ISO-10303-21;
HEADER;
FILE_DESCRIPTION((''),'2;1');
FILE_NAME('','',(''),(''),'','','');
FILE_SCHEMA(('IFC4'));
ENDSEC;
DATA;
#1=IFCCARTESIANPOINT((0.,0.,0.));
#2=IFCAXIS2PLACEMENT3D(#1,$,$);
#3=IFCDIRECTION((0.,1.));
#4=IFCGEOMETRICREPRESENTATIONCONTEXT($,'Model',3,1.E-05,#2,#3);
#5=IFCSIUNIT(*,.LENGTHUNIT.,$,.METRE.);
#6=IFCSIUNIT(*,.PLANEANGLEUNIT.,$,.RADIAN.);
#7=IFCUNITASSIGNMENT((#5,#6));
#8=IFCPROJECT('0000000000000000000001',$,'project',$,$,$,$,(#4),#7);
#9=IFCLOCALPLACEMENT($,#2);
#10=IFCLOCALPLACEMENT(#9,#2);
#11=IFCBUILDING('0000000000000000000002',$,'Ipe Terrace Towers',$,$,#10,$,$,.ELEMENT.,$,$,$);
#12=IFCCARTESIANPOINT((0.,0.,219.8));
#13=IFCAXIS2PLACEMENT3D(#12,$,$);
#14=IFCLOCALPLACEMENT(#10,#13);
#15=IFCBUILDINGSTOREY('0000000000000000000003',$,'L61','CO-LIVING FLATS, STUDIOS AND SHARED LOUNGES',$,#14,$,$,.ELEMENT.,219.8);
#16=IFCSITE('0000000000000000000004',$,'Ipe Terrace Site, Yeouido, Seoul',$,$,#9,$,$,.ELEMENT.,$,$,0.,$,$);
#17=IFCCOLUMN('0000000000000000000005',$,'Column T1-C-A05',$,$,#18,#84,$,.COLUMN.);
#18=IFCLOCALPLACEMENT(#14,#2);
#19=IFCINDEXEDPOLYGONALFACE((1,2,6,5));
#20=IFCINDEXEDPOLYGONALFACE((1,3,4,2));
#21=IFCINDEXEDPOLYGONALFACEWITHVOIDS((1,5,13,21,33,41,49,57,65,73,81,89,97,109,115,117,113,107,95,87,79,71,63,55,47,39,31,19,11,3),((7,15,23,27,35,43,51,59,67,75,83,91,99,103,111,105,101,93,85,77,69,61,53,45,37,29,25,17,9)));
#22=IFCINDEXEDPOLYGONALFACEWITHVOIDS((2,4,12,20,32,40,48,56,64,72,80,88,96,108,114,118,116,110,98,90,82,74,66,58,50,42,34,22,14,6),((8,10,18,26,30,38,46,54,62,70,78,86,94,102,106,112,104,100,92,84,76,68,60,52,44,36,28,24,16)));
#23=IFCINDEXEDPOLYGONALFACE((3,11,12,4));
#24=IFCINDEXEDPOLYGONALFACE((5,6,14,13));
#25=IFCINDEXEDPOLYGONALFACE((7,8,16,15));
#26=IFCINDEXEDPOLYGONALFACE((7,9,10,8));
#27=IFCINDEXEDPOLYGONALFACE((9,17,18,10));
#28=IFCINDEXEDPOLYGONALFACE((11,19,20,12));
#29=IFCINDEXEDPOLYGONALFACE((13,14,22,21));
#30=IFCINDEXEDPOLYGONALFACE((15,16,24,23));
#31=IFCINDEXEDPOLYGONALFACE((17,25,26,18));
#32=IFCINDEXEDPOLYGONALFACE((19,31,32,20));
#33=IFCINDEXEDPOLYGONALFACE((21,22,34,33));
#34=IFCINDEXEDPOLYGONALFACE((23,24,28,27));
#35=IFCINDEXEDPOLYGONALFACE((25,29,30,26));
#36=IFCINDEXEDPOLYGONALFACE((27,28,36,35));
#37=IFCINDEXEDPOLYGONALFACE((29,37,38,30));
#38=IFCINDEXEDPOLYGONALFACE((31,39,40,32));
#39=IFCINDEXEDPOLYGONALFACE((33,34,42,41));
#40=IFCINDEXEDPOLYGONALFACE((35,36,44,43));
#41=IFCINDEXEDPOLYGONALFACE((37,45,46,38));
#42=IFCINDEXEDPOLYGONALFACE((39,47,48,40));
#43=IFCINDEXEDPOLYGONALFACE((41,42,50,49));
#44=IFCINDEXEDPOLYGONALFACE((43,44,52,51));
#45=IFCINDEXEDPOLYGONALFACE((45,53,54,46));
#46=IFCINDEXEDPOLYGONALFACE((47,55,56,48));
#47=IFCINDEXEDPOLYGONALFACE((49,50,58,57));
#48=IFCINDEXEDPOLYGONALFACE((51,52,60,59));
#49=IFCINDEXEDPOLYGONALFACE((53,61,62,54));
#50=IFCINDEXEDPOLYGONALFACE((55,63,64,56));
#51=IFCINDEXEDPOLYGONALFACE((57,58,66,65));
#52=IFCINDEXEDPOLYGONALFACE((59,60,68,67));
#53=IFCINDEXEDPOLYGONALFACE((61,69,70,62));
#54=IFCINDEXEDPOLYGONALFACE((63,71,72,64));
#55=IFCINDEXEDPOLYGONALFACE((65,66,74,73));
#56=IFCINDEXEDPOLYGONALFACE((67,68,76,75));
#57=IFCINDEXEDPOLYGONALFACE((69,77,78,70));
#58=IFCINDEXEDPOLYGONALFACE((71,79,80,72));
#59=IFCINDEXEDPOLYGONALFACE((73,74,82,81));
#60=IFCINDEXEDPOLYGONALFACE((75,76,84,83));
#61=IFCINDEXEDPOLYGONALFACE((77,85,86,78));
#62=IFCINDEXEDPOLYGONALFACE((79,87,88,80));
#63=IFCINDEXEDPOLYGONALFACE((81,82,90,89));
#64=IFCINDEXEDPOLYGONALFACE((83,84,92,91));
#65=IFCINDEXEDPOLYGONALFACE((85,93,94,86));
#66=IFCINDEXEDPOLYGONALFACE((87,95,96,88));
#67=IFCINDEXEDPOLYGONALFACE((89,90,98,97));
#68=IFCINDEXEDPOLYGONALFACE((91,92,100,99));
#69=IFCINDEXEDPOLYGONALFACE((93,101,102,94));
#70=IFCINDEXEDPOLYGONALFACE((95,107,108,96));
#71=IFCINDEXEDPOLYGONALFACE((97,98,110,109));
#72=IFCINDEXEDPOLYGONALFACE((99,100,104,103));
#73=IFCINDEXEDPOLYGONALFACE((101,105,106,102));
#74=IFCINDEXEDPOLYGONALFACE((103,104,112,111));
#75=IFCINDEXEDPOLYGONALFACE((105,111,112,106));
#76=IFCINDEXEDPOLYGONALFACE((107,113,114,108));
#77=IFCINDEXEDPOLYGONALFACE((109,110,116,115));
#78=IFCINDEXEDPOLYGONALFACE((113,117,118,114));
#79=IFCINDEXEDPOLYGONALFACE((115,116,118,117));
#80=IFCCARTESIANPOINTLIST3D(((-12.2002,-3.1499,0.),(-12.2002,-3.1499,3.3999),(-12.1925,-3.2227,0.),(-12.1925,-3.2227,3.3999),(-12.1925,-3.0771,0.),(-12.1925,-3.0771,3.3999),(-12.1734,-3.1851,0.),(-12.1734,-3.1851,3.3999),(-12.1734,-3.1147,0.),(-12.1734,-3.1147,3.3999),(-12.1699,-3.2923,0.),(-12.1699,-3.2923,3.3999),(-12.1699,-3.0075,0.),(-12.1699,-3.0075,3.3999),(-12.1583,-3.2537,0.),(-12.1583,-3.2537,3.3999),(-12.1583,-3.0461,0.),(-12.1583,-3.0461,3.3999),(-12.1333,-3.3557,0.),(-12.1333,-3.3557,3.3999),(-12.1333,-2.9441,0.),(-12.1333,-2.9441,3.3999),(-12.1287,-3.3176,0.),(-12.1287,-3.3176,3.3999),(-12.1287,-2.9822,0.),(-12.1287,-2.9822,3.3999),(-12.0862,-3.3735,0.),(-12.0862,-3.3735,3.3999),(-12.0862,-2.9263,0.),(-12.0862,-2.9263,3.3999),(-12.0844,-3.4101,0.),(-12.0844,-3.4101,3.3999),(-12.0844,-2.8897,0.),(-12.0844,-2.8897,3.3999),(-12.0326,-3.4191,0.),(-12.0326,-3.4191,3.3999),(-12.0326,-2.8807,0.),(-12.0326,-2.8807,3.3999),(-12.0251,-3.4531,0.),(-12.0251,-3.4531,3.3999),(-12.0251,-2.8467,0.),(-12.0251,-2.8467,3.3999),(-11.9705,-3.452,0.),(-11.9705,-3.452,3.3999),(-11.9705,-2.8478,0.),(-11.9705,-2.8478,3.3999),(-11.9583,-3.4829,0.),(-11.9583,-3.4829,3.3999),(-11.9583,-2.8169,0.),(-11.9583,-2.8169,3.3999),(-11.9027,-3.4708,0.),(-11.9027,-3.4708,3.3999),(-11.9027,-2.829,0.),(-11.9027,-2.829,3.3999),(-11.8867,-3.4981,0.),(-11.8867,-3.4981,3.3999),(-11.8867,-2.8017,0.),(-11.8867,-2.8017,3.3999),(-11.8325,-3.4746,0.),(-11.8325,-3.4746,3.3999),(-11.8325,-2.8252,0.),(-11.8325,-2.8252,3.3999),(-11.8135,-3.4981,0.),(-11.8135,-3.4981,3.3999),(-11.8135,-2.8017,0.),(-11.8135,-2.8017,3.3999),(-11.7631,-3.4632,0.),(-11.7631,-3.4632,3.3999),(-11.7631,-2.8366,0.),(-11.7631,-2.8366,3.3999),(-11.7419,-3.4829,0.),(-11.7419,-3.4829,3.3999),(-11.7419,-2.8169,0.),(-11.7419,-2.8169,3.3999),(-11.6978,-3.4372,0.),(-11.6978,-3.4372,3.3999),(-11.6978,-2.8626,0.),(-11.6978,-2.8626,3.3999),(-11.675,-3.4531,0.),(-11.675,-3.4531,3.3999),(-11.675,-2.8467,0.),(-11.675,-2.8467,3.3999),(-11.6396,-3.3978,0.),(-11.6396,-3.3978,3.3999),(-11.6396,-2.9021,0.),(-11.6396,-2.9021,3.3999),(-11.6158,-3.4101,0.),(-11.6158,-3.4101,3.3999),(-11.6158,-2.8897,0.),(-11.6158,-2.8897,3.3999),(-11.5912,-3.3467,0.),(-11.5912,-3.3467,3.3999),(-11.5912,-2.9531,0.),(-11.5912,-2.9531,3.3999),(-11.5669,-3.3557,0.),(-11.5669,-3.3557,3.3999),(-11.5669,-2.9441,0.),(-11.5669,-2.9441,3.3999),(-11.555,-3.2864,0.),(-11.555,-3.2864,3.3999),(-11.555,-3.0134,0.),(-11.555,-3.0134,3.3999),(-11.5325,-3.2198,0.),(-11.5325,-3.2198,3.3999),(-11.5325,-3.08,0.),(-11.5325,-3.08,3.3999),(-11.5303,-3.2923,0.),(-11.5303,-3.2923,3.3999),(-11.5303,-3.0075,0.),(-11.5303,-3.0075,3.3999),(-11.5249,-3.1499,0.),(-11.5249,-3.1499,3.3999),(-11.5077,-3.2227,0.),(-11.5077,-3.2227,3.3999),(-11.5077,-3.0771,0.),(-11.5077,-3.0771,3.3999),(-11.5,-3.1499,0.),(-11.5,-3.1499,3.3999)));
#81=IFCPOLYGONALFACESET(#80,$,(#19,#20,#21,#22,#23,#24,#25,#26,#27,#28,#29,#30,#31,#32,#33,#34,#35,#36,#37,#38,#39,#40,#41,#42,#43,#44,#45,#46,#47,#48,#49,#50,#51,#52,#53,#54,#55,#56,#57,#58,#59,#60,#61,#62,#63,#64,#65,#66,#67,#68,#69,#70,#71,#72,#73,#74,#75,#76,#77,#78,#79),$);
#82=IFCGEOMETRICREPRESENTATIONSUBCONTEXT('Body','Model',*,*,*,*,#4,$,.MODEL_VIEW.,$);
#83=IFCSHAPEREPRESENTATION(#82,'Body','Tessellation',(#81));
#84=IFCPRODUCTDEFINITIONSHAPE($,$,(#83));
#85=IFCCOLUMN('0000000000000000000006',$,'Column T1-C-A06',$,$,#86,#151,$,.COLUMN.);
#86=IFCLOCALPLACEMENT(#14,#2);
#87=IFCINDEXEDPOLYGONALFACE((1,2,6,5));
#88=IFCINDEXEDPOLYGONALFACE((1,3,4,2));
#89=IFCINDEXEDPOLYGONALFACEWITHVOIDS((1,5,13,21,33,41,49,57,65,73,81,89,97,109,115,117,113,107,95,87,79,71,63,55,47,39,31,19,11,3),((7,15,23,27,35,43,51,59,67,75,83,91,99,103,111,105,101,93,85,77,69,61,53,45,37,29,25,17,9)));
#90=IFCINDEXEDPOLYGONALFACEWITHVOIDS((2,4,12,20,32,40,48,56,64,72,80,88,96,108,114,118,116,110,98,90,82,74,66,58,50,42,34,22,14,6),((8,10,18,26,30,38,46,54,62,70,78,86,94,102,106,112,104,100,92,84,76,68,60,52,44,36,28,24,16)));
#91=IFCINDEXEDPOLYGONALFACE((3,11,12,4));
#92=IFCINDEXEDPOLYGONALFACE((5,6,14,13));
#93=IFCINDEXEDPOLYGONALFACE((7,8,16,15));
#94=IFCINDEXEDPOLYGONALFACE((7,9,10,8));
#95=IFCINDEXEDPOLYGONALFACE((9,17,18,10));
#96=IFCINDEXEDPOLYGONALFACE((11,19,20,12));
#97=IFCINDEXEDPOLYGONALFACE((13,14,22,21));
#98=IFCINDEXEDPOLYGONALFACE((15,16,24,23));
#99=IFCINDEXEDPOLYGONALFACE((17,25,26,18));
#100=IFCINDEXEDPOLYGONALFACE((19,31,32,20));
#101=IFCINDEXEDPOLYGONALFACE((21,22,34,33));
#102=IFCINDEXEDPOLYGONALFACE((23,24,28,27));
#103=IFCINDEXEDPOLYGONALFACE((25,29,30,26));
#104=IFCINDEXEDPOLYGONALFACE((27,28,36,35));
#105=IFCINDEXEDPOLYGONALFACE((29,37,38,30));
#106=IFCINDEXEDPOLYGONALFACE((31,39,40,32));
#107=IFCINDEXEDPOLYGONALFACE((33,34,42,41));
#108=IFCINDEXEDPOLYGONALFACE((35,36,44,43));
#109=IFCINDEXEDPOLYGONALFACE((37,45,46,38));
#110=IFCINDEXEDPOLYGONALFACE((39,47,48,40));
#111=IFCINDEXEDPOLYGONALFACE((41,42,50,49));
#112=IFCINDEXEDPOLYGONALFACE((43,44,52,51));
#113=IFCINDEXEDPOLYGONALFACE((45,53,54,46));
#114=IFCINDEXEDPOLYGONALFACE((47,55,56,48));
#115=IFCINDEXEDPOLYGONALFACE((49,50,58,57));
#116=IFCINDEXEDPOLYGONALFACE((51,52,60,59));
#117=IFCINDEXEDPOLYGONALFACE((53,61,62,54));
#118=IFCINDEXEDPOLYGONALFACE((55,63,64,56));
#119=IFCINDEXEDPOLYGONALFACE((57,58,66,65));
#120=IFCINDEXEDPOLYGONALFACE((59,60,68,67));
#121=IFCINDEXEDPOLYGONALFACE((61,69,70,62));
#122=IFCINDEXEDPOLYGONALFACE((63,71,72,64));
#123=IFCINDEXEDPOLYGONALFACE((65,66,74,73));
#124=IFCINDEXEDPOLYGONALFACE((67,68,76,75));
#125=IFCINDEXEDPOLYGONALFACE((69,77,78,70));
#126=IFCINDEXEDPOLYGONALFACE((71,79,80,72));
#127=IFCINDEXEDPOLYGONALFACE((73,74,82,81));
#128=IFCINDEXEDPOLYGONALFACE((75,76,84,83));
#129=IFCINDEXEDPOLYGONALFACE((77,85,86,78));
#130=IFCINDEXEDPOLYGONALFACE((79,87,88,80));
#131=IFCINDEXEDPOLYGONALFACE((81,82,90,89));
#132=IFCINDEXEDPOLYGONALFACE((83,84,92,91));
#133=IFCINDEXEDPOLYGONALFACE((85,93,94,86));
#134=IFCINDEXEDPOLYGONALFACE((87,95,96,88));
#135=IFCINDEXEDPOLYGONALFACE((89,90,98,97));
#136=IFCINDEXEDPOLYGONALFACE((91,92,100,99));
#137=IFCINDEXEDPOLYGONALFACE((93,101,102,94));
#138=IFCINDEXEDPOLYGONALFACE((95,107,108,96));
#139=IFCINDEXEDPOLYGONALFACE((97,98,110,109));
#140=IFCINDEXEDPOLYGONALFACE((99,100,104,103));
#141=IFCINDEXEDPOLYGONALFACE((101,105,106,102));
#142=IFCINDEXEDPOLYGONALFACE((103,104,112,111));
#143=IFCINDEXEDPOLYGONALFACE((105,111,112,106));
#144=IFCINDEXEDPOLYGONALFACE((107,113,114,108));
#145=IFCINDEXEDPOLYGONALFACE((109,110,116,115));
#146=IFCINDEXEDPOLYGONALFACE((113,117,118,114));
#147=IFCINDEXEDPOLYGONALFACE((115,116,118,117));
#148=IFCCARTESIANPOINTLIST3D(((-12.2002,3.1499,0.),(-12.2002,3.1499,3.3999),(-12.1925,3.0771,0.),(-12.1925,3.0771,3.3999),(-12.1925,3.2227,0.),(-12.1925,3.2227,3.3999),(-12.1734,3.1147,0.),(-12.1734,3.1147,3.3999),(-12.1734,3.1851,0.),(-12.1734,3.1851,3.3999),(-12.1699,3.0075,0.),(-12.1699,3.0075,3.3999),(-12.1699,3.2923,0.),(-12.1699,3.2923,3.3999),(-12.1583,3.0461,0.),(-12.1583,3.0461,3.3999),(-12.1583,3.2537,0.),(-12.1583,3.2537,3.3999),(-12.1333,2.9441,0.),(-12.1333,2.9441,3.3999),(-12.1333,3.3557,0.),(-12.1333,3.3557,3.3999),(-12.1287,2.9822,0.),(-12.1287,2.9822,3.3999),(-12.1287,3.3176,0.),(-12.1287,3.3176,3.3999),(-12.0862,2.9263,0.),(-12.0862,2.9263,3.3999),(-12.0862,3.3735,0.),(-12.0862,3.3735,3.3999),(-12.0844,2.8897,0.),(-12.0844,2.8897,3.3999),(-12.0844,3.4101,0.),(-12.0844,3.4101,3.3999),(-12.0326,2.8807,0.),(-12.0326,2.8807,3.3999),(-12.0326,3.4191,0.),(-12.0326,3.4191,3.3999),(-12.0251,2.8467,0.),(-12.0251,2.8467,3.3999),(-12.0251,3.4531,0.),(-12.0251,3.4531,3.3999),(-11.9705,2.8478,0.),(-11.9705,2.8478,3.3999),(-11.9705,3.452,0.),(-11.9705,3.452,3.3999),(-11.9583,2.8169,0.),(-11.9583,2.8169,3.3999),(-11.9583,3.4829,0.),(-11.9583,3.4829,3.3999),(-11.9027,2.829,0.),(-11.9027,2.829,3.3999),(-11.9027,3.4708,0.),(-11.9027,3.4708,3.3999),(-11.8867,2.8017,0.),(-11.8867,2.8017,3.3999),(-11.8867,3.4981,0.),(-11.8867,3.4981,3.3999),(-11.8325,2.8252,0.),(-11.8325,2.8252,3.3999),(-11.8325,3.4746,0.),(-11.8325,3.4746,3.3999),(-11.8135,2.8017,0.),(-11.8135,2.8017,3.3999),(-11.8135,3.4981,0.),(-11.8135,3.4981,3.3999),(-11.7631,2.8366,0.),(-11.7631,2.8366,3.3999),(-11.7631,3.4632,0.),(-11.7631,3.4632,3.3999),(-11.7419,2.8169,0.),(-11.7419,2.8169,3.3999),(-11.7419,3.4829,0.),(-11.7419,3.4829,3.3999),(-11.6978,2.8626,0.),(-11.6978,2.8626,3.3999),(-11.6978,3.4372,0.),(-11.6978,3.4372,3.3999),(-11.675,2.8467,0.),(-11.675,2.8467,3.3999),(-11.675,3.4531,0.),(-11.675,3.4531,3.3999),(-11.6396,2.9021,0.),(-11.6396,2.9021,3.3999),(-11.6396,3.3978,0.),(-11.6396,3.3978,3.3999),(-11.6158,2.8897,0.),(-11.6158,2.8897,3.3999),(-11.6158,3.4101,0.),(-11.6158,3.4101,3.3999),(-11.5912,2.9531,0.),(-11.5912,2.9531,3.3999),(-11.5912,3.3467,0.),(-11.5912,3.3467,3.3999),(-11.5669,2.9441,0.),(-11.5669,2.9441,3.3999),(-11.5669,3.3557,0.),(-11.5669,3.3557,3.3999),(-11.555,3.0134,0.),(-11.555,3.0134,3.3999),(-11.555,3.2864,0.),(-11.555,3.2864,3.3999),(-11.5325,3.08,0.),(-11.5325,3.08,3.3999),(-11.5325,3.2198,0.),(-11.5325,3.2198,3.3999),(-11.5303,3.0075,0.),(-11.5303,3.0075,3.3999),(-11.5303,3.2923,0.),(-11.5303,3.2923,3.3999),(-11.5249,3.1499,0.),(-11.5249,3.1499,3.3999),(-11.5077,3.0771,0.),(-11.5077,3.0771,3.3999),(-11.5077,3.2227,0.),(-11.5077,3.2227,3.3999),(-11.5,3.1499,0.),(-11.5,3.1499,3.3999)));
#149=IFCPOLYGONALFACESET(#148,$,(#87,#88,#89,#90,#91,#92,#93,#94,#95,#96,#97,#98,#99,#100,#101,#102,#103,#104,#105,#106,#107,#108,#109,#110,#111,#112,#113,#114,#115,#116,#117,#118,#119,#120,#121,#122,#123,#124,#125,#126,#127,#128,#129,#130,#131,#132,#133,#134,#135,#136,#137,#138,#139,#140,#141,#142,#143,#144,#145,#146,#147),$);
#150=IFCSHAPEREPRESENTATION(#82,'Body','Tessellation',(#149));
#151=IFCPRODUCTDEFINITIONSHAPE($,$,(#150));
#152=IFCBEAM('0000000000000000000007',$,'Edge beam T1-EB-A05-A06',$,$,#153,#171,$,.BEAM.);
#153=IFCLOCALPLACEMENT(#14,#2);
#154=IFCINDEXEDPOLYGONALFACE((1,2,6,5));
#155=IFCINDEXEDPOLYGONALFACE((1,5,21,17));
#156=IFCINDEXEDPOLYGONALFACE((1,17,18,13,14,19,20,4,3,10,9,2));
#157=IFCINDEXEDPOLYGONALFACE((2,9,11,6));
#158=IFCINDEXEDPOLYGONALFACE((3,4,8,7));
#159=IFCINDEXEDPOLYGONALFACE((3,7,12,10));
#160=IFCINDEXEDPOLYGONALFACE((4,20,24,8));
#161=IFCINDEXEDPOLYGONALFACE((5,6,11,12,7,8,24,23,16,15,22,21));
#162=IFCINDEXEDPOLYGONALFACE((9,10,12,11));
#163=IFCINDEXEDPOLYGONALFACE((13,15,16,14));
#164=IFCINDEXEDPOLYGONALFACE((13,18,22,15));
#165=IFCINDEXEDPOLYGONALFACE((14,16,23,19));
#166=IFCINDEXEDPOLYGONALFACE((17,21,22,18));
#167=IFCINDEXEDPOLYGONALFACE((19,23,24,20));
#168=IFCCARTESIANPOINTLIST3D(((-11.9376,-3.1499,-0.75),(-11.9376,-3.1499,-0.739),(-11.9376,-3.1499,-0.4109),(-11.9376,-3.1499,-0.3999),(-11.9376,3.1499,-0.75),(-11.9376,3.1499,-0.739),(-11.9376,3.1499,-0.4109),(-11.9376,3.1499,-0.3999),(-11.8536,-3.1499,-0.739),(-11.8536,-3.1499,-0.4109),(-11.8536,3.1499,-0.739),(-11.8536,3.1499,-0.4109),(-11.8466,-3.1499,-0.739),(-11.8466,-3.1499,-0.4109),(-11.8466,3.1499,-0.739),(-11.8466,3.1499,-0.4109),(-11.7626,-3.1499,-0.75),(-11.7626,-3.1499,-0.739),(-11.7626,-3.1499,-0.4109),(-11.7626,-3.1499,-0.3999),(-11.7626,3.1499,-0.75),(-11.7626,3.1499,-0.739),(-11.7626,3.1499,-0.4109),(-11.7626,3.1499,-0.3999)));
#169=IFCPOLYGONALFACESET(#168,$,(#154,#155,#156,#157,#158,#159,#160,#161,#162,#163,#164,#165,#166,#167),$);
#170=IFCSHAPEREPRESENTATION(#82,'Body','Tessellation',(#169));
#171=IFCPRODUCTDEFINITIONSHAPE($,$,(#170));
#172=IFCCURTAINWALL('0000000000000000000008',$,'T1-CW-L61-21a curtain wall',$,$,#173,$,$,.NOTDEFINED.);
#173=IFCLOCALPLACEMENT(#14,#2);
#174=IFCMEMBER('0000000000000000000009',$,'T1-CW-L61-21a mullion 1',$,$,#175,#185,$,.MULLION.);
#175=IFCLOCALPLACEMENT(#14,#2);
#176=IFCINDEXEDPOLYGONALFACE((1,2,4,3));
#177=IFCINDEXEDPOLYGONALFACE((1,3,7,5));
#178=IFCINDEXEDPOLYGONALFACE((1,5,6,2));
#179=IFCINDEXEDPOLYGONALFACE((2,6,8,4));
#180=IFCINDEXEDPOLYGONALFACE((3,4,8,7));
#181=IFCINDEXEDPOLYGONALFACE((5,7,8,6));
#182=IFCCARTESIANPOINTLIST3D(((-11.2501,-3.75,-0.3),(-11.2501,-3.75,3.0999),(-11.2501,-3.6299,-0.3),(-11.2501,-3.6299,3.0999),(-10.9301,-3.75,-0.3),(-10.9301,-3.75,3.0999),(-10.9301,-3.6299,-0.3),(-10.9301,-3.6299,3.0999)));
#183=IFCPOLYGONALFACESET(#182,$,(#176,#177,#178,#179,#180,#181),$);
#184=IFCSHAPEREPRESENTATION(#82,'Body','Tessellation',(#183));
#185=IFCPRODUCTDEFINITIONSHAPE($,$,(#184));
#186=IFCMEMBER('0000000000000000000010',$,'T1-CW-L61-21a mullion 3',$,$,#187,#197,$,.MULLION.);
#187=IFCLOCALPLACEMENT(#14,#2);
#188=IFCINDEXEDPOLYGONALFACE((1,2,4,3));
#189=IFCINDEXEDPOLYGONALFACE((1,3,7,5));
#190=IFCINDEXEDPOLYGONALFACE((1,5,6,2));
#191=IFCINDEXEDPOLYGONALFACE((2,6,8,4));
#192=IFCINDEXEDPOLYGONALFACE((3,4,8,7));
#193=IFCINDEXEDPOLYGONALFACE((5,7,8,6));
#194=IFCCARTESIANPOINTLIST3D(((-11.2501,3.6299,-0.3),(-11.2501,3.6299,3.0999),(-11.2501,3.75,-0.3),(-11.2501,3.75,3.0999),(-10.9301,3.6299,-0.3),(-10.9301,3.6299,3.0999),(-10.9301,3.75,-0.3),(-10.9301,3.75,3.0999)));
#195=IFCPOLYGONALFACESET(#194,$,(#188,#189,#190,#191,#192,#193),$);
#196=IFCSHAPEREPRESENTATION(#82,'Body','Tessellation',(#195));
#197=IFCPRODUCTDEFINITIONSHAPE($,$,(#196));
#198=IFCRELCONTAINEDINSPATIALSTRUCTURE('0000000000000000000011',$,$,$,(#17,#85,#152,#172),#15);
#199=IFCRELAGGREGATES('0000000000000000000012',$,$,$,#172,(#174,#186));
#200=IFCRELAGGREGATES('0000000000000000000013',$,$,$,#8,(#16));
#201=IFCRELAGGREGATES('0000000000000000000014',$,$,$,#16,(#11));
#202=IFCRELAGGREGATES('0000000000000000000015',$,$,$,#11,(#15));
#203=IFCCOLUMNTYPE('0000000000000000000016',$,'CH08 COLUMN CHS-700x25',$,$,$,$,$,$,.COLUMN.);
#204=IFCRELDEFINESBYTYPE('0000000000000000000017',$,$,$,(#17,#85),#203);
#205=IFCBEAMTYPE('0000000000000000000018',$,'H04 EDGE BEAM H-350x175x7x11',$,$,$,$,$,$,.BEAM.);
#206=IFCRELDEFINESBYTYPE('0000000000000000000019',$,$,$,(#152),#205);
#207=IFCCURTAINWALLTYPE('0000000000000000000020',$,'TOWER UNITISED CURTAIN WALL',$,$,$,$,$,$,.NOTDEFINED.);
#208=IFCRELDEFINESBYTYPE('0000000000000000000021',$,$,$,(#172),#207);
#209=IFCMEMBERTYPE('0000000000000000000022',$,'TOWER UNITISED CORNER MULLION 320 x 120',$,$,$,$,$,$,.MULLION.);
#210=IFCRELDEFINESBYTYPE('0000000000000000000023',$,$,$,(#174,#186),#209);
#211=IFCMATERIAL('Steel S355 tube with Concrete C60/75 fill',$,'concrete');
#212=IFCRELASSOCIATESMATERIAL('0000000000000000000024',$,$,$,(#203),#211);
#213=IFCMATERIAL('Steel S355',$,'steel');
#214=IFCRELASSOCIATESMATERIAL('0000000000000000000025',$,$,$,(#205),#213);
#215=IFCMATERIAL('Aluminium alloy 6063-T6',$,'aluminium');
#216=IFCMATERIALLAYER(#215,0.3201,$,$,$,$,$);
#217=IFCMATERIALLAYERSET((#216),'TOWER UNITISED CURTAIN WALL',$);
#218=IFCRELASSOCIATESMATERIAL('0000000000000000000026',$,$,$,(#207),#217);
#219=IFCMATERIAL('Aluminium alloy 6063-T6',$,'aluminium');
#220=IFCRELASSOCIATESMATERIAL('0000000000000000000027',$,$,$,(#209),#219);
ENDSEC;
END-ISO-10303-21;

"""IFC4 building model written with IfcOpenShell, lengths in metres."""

from ifc_helpers import new_model, si_unit, direction, frame, origin, origin_2d, place, context, subcontext, project, spatial, rectangle, hollow_circle, i_section, extrude, material, layer, layer_set, material_profile, profile_set, type_object, element, aggregate, save


model = new_model("IFC4")

# Units and contexts
model_context = context("Model", 3, precision=1e-05, world=origin(), true_north=direction((0.0, 1.0)))
body_context = subcontext(model_context, "Body", "Model", "MODEL_VIEW")
ifc_project = project(units=[si_unit("LENGTHUNIT", "METRE"), si_unit("PLANEANGLEUNIT", "RADIAN")], contexts=[model_context])

# Site, building, storey
site_placement = place(None, origin())
site = spatial("IfcSite", under=ifc_project, at=site_placement, Name="Ipe Terrace Site, Yeouido, Seoul", CompositionType="ELEMENT", RefElevation=0.0)
building_placement = place(site_placement, origin())
building = spatial("IfcBuilding", under=site, at=building_placement, Name="Ipe Terrace Towers", CompositionType="ELEMENT")
storey_placement = place(building_placement, frame((0.0, 0.0, 219.8)))
storey = spatial("IfcBuildingStorey", under=building, at=storey_placement, Name="L61", Description="CO-LIVING FLATS, STUDIOS AND SHARED LOUNGES", CompositionType="ELEMENT", Elevation=219.8)

# Columns
ifc_material_1 = material(Name="Steel S355 tube with Concrete C60/75 fill", Category="concrete")
ifc_material_profile_1 = material_profile(ifc_material_1, hollow_circle(Radius=0.3501, WallThickness=0.0249, at=origin_2d()), Name="CHS-700x25")
ifc_profile_set_1 = profile_set([ifc_material_profile_1], Name="Steel S355 tube with Concrete C60/75 fill")
column_type = type_object("IfcColumnType", Name="CH08 COLUMN CHS-700x25", PredefinedType="COLUMN", material=ifc_profile_set_1)
for number, where, z_axis, x_axis, name in (
    (1, (-11.8501, -3.1499, 0.0), (0.0, 0.0, 1.0), (1.0, 0.0, 0.0), "Column T1-C-A05"),
    (2, (-11.8501, 3.1499, 0.0), (0.0, 0.0, 1.0), (1.0, 0.0, 0.0), "Column T1-C-A06"),
):
    element("IfcColumn", number, at=place(storey_placement, frame(where, z_axis=z_axis, x_axis=x_axis)), inside=storey, type_object=column_type, Name=name, PredefinedType="COLUMN", context=body_context, shape_type="SweptSolid", body=[
        extrude(hollow_circle(Radius=0.3501, WallThickness=0.0249, at=origin_2d()), origin(), (0.0, 0.0, 1.0), 3.3999),
    ])

# Beam
ifc_material_2 = material(Name="Steel S355", Category="steel")
ifc_material_profile_2 = material_profile(ifc_material_2, i_section(OverallWidth=0.175, OverallDepth=0.3501, WebThickness=0.0071, FlangeThickness=0.011, at=origin_2d()), Name="H-350x175x7x11")
ifc_profile_set_2 = profile_set([ifc_material_profile_2], Name="Steel S355")
beam_type = type_object("IfcBeamType", Name="H04 EDGE BEAM H-350x175x7x11", PredefinedType="BEAM", material=ifc_profile_set_2)
beam_placement = place(storey_placement, frame((-11.8501, -3.1499, -0.575), z_axis=(0.0, 1.0, 0.0), x_axis=(-1.0, 0.0, 0.0)))
element("IfcBeam", 3, at=beam_placement, inside=storey, type_object=beam_type, Name="Edge beam T1-EB-A05-A06", PredefinedType="BEAM", context=body_context, shape_type="SweptSolid", body=[
    extrude(i_section(OverallWidth=0.175, OverallDepth=0.3501, WebThickness=0.0071, FlangeThickness=0.011, at=origin_2d()), origin(), (0.0, 0.0, 1.0), 6.2998),
])

# Curtain wall, members
ifc_material_3 = material(Name="Aluminium alloy 6063-T6", Category="aluminium")
ifc_layer_1 = layer(ifc_material_3, 0.3201)
ifc_layer_set_1 = layer_set([ifc_layer_1], Name="TOWER UNITISED CURTAIN WALL")
curtain_wall_type = type_object("IfcCurtainWallType", Name="TOWER UNITISED CURTAIN WALL", PredefinedType="NOTDEFINED", material=ifc_layer_set_1)
curtain_wall_placement = place(storey_placement, origin())
curtain_wall = element("IfcCurtainWall", 4, at=curtain_wall_placement, inside=storey, type_object=curtain_wall_type, Name="T1-CW-L61-21a curtain wall", PredefinedType="NOTDEFINED")
ifc_material_4 = material(Name="Aluminium alloy 6063-T6", Category="aluminium")
ifc_material_profile_3 = material_profile(ifc_material_4, rectangle(XDim=0.3201, YDim=0.1201, at=origin_2d()), Name="TOWER UNITISED CORNER MULLION 320 x 120")
ifc_profile_set_3 = profile_set([ifc_material_profile_3], Name="Aluminium alloy 6063-T6")
member_type_1 = type_object("IfcMemberType", Name="TOWER UNITISED CORNER MULLION 320 x 120", PredefinedType="MULLION", material=ifc_profile_set_3)
member_1_placement = place(storey_placement, frame((-11.0901, -3.6899, -0.3), z_axis=(0.0, 0.0, 1.0), x_axis=(1.0, 0.0, 0.0)))
member_1 = element("IfcMember", 5, at=member_1_placement, type_object=member_type_1, Name="T1-CW-L61-21a mullion 1", PredefinedType="MULLION", context=body_context, shape_type="SweptSolid", body=[
    extrude(rectangle(XDim=0.3201, YDim=0.1201, at=origin_2d()), origin(), (0.0, 0.0, 1.0), 3.3999),
])
member_2_placement = place(storey_placement, frame((-11.0901, 3.6899, -0.3), z_axis=(0.0, 0.0, 1.0), x_axis=(1.0, 0.0, 0.0)))
member_2 = element("IfcMember", 6, at=member_2_placement, type_object=member_type_1, Name="T1-CW-L61-21a mullion 3", PredefinedType="MULLION", context=body_context, shape_type="SweptSolid", body=[
    extrude(rectangle(XDim=0.3201, YDim=0.1201, at=origin_2d()), origin(), (0.0, 0.0, 1.0), 3.3999),
])

aggregate(curtain_wall, [member_1, member_2])

save(model, "model.ifc")
